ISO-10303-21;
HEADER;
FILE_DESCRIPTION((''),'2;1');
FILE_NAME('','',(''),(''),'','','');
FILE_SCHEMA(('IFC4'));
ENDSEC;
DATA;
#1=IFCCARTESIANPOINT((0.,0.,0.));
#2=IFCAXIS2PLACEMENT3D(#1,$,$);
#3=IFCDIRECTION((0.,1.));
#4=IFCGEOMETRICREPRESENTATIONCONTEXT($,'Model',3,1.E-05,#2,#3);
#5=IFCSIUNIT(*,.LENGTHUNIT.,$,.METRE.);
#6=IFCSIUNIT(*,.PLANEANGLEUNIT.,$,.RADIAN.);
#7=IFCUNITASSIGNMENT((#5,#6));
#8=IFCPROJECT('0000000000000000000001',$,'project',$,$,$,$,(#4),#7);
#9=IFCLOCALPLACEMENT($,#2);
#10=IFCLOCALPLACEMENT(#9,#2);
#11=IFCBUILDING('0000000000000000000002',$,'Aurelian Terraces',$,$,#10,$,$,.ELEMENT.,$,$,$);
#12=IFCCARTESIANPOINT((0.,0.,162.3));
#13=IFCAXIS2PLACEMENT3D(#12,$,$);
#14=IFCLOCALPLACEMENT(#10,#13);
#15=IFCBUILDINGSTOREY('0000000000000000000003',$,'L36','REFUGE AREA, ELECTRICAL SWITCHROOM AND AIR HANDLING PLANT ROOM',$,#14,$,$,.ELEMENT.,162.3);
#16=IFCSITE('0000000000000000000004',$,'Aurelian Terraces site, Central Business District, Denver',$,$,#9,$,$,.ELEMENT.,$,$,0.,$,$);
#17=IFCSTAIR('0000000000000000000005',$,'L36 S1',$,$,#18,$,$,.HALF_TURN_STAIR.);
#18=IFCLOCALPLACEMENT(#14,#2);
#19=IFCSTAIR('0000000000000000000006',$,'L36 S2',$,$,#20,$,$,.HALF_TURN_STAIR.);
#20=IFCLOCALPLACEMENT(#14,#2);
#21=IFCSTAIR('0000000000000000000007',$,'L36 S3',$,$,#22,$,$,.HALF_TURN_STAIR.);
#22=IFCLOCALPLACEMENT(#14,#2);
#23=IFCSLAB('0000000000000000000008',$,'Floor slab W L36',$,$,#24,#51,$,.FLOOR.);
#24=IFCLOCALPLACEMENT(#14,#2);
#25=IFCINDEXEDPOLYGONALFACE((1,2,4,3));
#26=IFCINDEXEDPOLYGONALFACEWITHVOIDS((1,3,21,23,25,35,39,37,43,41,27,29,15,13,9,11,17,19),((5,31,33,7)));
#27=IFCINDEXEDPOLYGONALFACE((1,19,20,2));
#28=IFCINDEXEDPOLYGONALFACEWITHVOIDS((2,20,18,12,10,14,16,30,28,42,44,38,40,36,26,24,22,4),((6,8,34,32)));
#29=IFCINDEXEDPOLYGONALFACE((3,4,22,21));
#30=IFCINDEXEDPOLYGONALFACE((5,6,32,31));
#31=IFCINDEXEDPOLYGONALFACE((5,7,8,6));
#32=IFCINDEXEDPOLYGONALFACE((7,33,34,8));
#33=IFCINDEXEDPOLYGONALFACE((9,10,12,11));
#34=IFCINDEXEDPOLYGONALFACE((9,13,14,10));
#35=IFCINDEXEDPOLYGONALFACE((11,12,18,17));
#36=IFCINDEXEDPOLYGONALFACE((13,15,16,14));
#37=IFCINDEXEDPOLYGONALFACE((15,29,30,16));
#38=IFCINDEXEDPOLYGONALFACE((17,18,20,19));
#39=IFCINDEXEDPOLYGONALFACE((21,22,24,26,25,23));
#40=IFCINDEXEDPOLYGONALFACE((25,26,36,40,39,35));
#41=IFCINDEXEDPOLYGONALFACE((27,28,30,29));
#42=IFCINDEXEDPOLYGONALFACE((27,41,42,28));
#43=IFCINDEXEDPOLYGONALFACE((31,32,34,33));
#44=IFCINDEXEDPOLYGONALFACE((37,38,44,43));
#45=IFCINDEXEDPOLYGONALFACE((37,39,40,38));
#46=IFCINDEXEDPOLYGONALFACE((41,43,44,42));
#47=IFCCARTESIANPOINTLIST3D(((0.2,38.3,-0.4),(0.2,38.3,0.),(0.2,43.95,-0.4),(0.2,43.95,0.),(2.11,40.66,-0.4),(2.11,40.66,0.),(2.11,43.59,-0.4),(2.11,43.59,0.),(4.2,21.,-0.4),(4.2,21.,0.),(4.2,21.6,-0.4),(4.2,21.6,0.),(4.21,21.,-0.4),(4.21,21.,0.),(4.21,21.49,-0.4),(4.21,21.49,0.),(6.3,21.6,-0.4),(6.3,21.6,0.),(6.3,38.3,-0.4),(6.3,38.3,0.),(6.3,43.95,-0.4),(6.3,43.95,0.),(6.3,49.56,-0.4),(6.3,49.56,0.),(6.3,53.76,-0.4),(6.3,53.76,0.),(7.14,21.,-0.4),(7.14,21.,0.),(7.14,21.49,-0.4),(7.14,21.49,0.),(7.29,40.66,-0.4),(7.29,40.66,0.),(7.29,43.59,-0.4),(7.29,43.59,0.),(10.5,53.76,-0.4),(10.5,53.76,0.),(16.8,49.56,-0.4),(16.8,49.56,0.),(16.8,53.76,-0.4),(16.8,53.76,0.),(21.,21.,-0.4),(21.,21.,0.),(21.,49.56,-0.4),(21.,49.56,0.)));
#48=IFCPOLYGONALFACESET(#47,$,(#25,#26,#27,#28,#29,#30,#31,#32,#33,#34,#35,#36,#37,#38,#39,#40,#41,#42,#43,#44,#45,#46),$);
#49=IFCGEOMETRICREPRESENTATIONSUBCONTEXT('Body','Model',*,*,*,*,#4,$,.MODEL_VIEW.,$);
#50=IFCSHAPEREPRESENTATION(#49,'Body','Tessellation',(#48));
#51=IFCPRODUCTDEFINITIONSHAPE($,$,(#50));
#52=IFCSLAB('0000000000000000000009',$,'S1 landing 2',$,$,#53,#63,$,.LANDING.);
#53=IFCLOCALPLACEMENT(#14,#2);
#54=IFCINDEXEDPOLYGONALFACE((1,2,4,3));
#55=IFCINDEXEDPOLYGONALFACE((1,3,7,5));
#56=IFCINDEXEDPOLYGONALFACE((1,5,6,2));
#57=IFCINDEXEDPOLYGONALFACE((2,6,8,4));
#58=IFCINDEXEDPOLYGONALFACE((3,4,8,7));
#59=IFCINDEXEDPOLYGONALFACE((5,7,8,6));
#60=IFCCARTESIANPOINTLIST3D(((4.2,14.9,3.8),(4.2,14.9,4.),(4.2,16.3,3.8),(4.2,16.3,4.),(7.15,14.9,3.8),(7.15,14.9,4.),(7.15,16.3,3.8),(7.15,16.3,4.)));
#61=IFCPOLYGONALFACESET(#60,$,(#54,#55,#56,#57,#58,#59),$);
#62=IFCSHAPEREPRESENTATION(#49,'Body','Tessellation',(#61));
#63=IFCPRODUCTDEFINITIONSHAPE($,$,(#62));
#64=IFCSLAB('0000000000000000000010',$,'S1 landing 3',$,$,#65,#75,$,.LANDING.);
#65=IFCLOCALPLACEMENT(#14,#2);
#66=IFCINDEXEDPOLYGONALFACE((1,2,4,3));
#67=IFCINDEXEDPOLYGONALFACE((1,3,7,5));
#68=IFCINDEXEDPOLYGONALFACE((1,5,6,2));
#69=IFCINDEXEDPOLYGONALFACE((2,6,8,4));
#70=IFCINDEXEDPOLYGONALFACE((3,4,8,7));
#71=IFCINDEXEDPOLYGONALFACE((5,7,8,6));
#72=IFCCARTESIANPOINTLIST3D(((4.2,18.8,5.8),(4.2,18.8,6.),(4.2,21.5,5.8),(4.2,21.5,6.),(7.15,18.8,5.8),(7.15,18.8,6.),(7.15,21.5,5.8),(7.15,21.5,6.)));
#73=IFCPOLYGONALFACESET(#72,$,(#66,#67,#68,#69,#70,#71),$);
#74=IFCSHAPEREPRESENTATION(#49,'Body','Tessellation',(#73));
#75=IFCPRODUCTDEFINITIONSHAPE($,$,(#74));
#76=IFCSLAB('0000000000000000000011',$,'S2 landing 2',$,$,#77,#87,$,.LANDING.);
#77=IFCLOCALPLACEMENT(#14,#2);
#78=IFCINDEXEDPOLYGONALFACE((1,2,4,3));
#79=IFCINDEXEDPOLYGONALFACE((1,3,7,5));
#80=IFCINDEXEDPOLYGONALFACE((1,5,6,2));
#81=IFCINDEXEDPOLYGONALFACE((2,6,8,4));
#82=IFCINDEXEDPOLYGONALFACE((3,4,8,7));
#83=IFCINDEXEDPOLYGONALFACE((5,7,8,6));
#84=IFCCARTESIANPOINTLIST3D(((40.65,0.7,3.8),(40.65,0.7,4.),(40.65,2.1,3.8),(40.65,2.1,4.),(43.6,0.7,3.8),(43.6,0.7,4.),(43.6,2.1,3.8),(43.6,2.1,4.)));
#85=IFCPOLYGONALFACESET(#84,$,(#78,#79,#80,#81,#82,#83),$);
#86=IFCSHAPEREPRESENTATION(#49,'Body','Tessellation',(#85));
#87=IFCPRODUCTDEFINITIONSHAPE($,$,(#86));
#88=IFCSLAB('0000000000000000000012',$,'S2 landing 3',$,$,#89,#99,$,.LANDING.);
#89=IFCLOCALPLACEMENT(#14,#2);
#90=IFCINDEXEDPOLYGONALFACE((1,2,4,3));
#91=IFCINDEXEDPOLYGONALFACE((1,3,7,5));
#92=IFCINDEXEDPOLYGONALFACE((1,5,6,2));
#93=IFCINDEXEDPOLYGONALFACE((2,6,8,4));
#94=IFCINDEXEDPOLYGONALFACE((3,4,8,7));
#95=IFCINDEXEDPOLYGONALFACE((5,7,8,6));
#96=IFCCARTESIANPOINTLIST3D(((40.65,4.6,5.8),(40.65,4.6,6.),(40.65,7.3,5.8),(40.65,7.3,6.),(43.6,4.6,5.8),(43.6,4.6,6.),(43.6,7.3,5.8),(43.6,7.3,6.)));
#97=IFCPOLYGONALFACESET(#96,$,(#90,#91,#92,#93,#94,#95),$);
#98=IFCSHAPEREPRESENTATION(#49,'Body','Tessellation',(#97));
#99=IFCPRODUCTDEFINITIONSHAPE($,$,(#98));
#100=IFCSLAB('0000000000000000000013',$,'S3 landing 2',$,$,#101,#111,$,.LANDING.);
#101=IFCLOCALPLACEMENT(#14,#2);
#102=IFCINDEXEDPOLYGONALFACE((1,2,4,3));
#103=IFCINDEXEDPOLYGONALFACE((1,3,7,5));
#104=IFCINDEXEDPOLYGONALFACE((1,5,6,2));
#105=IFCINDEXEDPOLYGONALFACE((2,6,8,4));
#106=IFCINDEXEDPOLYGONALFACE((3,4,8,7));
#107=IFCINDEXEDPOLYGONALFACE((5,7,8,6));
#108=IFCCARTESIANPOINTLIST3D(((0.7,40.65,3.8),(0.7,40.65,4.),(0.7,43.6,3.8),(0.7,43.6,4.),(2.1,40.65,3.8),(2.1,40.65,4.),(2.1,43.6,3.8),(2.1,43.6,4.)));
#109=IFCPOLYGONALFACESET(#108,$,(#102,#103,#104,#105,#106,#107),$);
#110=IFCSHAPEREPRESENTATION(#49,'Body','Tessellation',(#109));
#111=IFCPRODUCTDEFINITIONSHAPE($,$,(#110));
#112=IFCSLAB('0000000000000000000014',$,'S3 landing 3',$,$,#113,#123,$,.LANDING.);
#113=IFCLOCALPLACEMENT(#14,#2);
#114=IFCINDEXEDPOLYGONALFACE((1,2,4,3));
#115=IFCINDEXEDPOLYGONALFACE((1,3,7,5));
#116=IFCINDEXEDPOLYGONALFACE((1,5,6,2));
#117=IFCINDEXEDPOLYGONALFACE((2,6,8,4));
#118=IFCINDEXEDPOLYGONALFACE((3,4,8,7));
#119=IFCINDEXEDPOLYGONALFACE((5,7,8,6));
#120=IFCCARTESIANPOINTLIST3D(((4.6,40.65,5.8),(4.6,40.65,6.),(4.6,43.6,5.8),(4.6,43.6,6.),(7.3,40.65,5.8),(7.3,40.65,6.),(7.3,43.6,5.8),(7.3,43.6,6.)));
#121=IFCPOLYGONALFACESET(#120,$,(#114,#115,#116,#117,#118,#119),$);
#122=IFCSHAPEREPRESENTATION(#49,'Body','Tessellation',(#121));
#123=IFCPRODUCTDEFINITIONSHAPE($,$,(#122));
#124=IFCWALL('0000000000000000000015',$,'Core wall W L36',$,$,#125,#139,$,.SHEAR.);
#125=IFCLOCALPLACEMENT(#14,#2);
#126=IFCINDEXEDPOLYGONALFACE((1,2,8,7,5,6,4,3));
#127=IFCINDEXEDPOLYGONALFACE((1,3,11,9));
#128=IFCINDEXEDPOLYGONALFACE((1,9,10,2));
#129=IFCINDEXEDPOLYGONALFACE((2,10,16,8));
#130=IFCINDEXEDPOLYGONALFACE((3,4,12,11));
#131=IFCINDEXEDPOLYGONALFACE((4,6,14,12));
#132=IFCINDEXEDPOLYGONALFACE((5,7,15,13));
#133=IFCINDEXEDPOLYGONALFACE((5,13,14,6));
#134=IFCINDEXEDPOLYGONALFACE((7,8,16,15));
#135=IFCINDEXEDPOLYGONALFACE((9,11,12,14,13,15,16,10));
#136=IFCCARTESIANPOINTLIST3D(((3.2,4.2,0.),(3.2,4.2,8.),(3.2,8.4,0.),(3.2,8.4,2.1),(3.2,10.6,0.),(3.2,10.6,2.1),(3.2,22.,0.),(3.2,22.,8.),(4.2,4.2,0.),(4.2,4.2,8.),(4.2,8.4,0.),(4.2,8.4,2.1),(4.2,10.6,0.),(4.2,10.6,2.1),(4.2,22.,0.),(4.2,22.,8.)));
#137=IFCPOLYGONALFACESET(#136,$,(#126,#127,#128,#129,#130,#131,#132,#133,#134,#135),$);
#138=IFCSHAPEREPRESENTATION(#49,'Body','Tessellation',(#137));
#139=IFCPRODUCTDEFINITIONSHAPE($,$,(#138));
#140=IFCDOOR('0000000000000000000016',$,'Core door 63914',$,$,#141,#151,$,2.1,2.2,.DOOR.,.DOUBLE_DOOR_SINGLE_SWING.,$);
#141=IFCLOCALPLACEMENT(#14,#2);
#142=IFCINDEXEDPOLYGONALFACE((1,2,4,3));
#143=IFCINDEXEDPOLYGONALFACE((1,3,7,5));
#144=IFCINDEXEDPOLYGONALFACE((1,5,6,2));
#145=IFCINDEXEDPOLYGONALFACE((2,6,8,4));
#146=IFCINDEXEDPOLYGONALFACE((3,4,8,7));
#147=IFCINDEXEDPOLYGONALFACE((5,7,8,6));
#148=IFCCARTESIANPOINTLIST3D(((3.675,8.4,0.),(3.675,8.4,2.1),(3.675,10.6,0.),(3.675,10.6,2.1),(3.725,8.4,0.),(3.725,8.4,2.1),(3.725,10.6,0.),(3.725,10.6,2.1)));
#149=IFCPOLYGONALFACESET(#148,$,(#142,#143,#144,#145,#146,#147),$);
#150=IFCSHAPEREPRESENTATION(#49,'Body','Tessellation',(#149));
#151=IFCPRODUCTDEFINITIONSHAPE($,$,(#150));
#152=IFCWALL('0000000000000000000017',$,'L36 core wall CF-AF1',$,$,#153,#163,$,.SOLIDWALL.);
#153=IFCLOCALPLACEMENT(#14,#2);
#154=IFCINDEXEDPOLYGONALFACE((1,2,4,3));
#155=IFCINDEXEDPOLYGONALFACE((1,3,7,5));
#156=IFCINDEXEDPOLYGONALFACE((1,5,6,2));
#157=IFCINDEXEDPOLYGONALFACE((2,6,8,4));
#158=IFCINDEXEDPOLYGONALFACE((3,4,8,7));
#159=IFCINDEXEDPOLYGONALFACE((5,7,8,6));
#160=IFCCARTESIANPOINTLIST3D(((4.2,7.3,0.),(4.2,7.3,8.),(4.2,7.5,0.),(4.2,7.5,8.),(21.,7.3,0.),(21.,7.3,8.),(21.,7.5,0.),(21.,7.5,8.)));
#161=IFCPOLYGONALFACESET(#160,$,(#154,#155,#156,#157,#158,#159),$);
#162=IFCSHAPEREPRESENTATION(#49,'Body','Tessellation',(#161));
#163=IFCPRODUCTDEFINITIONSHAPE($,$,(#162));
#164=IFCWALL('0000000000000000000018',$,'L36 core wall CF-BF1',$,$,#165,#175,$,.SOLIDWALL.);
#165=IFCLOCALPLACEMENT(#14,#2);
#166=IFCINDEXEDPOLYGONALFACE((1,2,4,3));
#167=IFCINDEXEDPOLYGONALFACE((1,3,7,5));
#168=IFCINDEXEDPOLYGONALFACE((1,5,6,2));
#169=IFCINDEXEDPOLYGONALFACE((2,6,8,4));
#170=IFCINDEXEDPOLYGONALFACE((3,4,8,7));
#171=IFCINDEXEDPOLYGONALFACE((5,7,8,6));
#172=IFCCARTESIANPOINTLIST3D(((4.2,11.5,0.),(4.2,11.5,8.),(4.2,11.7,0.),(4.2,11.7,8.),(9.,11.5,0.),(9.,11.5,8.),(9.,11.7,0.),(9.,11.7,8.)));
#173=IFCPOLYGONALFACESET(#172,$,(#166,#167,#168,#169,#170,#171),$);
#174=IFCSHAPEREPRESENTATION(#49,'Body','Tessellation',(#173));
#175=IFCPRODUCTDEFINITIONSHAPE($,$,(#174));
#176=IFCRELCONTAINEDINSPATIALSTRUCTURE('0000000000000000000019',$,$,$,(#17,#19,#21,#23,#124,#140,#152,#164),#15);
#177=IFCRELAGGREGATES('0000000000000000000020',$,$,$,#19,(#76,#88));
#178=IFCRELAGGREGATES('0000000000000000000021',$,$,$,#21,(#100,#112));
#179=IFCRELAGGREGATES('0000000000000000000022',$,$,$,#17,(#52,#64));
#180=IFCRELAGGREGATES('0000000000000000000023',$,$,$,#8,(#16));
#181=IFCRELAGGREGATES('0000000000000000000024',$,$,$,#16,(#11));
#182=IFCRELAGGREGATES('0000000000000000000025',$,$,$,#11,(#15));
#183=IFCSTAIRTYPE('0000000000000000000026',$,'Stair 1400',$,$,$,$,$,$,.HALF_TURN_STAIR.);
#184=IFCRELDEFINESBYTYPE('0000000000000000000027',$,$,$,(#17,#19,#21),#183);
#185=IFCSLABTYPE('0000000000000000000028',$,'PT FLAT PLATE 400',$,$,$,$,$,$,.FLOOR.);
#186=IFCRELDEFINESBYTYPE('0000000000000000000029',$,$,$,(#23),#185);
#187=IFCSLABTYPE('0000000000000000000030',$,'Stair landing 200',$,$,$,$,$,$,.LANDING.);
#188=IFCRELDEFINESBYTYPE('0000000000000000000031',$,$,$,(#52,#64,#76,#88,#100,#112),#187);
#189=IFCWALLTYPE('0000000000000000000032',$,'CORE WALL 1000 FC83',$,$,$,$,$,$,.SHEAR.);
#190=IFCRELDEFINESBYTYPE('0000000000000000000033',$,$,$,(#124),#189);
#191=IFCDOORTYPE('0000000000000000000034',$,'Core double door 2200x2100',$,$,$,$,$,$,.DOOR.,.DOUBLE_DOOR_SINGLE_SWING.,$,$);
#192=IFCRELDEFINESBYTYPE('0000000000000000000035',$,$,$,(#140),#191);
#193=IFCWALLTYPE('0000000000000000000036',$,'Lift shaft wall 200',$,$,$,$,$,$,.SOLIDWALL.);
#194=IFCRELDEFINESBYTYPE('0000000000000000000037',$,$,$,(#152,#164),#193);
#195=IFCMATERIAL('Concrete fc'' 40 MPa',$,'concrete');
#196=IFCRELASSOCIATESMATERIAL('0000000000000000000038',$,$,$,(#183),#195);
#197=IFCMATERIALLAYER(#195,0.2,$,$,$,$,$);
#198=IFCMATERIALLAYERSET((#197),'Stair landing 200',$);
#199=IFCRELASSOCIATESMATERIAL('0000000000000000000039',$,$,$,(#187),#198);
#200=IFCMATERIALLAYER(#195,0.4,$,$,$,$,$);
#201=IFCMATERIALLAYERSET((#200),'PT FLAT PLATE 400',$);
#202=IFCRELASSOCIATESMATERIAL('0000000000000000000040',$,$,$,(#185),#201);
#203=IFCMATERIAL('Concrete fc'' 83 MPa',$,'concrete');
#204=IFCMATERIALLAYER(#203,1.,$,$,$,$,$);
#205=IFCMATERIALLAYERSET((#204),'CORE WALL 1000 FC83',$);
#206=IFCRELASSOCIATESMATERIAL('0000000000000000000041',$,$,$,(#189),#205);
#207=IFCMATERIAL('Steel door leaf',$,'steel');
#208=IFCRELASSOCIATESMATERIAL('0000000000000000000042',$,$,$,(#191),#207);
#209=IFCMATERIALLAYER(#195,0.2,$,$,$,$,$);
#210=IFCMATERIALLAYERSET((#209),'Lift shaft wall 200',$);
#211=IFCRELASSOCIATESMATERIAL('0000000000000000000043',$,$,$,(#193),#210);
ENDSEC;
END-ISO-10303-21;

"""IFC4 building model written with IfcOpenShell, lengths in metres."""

from ifc_helpers import new_model, si_unit, direction, frame, frame_2d, origin, place, context, subcontext, project, spatial, polyline, rectangle, outline, extrude, source, transform, mapped, material, layer, layer_set, type_object, element, fill, aggregate, save


model = new_model("IFC4")

# Units and contexts
model_context = context("Model", 3, precision=1e-05, world=origin(), true_north=direction((0.0, 1.0)))
body_context = subcontext(model_context, "Body", "Model", "MODEL_VIEW")
ifc_project = project(units=[si_unit("LENGTHUNIT", "METRE"), si_unit("PLANEANGLEUNIT", "RADIAN")], contexts=[model_context])

# Site, building, storey
site_placement = place(None, origin())
site = spatial("IfcSite", under=ifc_project, at=site_placement, Name="Aurelian Terraces site, Central Business District, Denver", CompositionType="ELEMENT", RefElevation=0.0)
building_placement = place(site_placement, origin())
building = spatial("IfcBuilding", under=site, at=building_placement, Name="Aurelian Terraces", CompositionType="ELEMENT")
storey_placement = place(building_placement, frame((0.0, 0.0, 162.3)))
storey = spatial("IfcBuildingStorey", under=building, at=storey_placement, Name="L36", Description="REFUGE AREA, ELECTRICAL SWITCHROOM AND AIR HANDLING PLANT ROOM", CompositionType="ELEMENT", Elevation=162.3)

# Shared definitions
ifc_material_1 = material(Name="Concrete fc' 83 MPa", Category="concrete")

# Shared definitions
ifc_material_2 = material(Name="Concrete fc' 40 MPa", Category="concrete")

# Stairs
stair_type = type_object("IfcStairType", Name="Stair 1400", PredefinedType="HALF_TURN_STAIR", material=ifc_material_2)
stair_1_placement = place(storey_placement, origin())
stair_1 = element("IfcStair", 1, at=stair_1_placement, inside=storey, type_object=stair_type, Name="L36 S1", PredefinedType="HALF_TURN_STAIR")
ifc_layer_1 = layer(ifc_material_2, 0.2)
ifc_layer_set_1 = layer_set([ifc_layer_1], Name="Stair landing 200")
slab_type_1 = type_object("IfcSlabType", Name="Stair landing 200", PredefinedType="LANDING", material=ifc_layer_set_1)
stair_2_placement = place(storey_placement, origin())
stair_2 = element("IfcStair", 2, at=stair_2_placement, inside=storey, type_object=stair_type, Name="L36 S2", PredefinedType="HALF_TURN_STAIR")
stair_3_placement = place(storey_placement, origin())
stair_3 = element("IfcStair", 3, at=stair_3_placement, inside=storey, type_object=stair_type, Name="L36 S3", PredefinedType="HALF_TURN_STAIR")

# Slab
ifc_layer_2 = layer(ifc_material_2, 0.4)
ifc_layer_set_2 = layer_set([ifc_layer_2], Name="PT FLAT PLATE 400")
slab_type_2 = type_object("IfcSlabType", Name="PT FLAT PLATE 400", PredefinedType="FLOOR", material=ifc_layer_set_2)
shared_shape_1 = source(origin(), body_context, "Body", "SweptSolid", [
    extrude(outline(polyline([(0.2, 43.95), (6.3, 43.95), (6.3, 49.56), (6.3, 53.76), (10.5, 53.76), (16.8, 53.76), (16.8, 49.56), (21.0, 49.56), (21.0, 21.0), (7.14, 21.0), (7.14, 21.49), (4.21, 21.49), (4.21, 21.0), (4.2, 21.0), (4.2, 21.6), (6.3, 21.6), (6.3, 38.3), (0.2, 38.3), (0.2, 43.95)]), holes=[polyline([(7.29, 43.59), (2.11, 43.59), (2.11, 40.66), (7.29, 40.66), (7.29, 43.59)])]), origin(), (0.0, 0.0, 1.0), 0.4),
])
slab_1_placement = place(storey_placement, frame((0.0, 0.0, -0.4)))
element("IfcSlab", 4, at=slab_1_placement, inside=storey, type_object=slab_type_2, Name="Floor slab W L36", PredefinedType="FLOOR", context=body_context, shape_type="MappedRepresentation", body=[
    mapped(shared_shape_1, transform((0.0, 0.0, 0.0), scale=1.0)),
])

# Slabs
shared_shape_2 = source(origin(), body_context, "Body", "SweptSolid", [
    extrude(outline(polyline([(7.15, 14.9), (7.15, 16.3), (4.2, 16.3), (4.2, 14.9), (7.15, 14.9)])), origin(), (0.0, 0.0, 1.0), 0.2),
])
slab_2_placement = place(storey_placement, frame((0.0, 0.0, 3.8)))
slab_2 = element("IfcSlab", 5, at=slab_2_placement, type_object=slab_type_1, Name="S1 landing 2", PredefinedType="LANDING", context=body_context, shape_type="MappedRepresentation", body=[
    mapped(shared_shape_2, transform((0.0, 0.0, 0.0), scale=1.0)),
])
shared_shape_3 = source(origin(), body_context, "Body", "SweptSolid", [
    extrude(outline(polyline([(7.15, 18.8), (7.15, 21.5), (4.2, 21.5), (4.2, 18.8), (7.15, 18.8)])), origin(), (0.0, 0.0, 1.0), 0.2),
])
slab_3_placement = place(storey_placement, frame((0.0, 0.0, 5.8)))
slab_3 = element("IfcSlab", 6, at=slab_3_placement, type_object=slab_type_1, Name="S1 landing 3", PredefinedType="LANDING", context=body_context, shape_type="MappedRepresentation", body=[
    mapped(shared_shape_3, transform((0.0, 0.0, 0.0), scale=1.0)),
])
shared_shape_4 = source(origin(), body_context, "Body", "SweptSolid", [
    extrude(outline(polyline([(43.6, 0.7), (43.6, 2.1), (40.65, 2.1), (40.65, 0.7), (43.6, 0.7)])), origin(), (0.0, 0.0, 1.0), 0.2),
])
slab_4_placement = place(storey_placement, frame((0.0, 0.0, 3.8)))
slab_4 = element("IfcSlab", 7, at=slab_4_placement, type_object=slab_type_1, Name="S2 landing 2", PredefinedType="LANDING", context=body_context, shape_type="MappedRepresentation", body=[
    mapped(shared_shape_4, transform((0.0, 0.0, 0.0), scale=1.0)),
])
shared_shape_5 = source(origin(), body_context, "Body", "SweptSolid", [
    extrude(outline(polyline([(43.6, 4.6), (43.6, 7.3), (40.65, 7.3), (40.65, 4.6), (43.6, 4.6)])), origin(), (0.0, 0.0, 1.0), 0.2),
])
slab_5_placement = place(storey_placement, frame((0.0, 0.0, 5.8)))
slab_5 = element("IfcSlab", 8, at=slab_5_placement, type_object=slab_type_1, Name="S2 landing 3", PredefinedType="LANDING", context=body_context, shape_type="MappedRepresentation", body=[
    mapped(shared_shape_5, transform((0.0, 0.0, 0.0), scale=1.0)),
])
aggregate(stair_2, [slab_4, slab_5])
shared_shape_6 = source(origin(), body_context, "Body", "SweptSolid", [
    extrude(outline(polyline([(0.7, 40.65), (2.1, 40.65), (2.1, 43.6), (0.7, 43.6), (0.7, 40.65)])), origin(), (0.0, 0.0, 1.0), 0.2),
])
slab_6_placement = place(storey_placement, frame((0.0, 0.0, 3.8)))
slab_6 = element("IfcSlab", 9, at=slab_6_placement, type_object=slab_type_1, Name="S3 landing 2", PredefinedType="LANDING", context=body_context, shape_type="MappedRepresentation", body=[
    mapped(shared_shape_6, transform((0.0, 0.0, 0.0), scale=1.0)),
])
shared_shape_7 = source(origin(), body_context, "Body", "SweptSolid", [
    extrude(outline(polyline([(4.6, 40.65), (7.3, 40.65), (7.3, 43.6), (4.6, 43.6), (4.6, 40.65)])), origin(), (0.0, 0.0, 1.0), 0.2),
])
slab_7_placement = place(storey_placement, frame((0.0, 0.0, 5.8)))
slab_7 = element("IfcSlab", 10, at=slab_7_placement, type_object=slab_type_1, Name="S3 landing 3", PredefinedType="LANDING", context=body_context, shape_type="MappedRepresentation", body=[
    mapped(shared_shape_7, transform((0.0, 0.0, 0.0), scale=1.0)),
])
aggregate(stair_3, [slab_6, slab_7])

# Wall, opening, door
ifc_layer_3 = layer(ifc_material_1, 1.0)
ifc_layer_set_3 = layer_set([ifc_layer_3], Name="CORE WALL 1000 FC83")
wall_type_1 = type_object("IfcWallType", Name="CORE WALL 1000 FC83", PredefinedType="SHEAR", material=ifc_layer_set_3)
wall_1_placement = place(storey_placement, frame((3.7, 4.2, 0.0), z_axis=(0.0, 0.0, 1.0), x_axis=(0.0, 1.0, 0.0)))
wall_1 = element("IfcWall", 11, at=wall_1_placement, inside=storey, type_object=wall_type_1, Name="Core wall W L36", PredefinedType="SHEAR", context=body_context, shape_type="SweptSolid", body=[
    extrude(rectangle(XDim=17.8, YDim=1.0, at=frame_2d((8.9, 0.0))), origin(), (0.0, 0.0, 1.0), 8.0),
])
shared_shape_8 = source(origin(), body_context, "Body", "SweptSolid", [
    extrude(rectangle(XDim=2.2, YDim=2.1, at=frame_2d((1.1, 1.05))), frame((0.0, 0.51, 0.0), z_axis=(0.0, -1.0, 0.0), x_axis=(1.0, 0.0, 0.0)), (0.0, 0.0, 1.0), 1.02),
])
opening_placement = place(wall_1_placement, frame((4.2, 0.0, 0.0)))
opening = element("IfcOpeningElement", 12, at=opening_placement, cuts=wall_1, PredefinedType="OPENING", context=body_context, shape_type="MappedRepresentation", body=[
    mapped(shared_shape_8, transform((0.0, 0.0, 0.0), scale=1.0)),
])
ifc_material_3 = material(Name="Steel door leaf", Category="steel")
door_type = type_object("IfcDoorType", Name="Core double door 2200x2100", OperationType="DOUBLE_DOOR_SINGLE_SWING", PredefinedType="DOOR", material=ifc_material_3)
shared_shape_9 = source(origin(), body_context, "Body", "SweptSolid", [
    extrude(rectangle(XDim=2.2, YDim=2.1, at=frame_2d((1.1, 1.05))), frame((0.0, 0.025, 0.0), z_axis=(0.0, -1.0, 0.0), x_axis=(1.0, 0.0, 0.0)), (0.0, 0.0, 1.0), 0.05),
])
door_placement = place(opening_placement, origin())
door = element("IfcDoor", 13, at=door_placement, inside=storey, type_object=door_type, Name="Core door 63914", OperationType="DOUBLE_DOOR_SINGLE_SWING", OverallHeight=2.1, OverallWidth=2.2, PredefinedType="DOOR", context=body_context, shape_type="MappedRepresentation", body=[
    mapped(shared_shape_9, transform((0.0, 0.0, 0.0), scale=1.0)),
])
fill(opening, door)

# Walls
ifc_layer_4 = layer(ifc_material_2, 0.2)
ifc_layer_set_4 = layer_set([ifc_layer_4], Name="Lift shaft wall 200")
wall_type_2 = type_object("IfcWallType", Name="Lift shaft wall 200", PredefinedType="SOLIDWALL", material=ifc_layer_set_4)
wall_2_placement = place(storey_placement, frame((4.2, 7.4, 0.0), z_axis=(0.0, 0.0, 1.0), x_axis=(1.0, 0.0, 0.0)))
element("IfcWall", 14, at=wall_2_placement, inside=storey, type_object=wall_type_2, Name="L36 core wall CF-AF1", PredefinedType="SOLIDWALL", context=body_context, shape_type="SweptSolid", body=[
    extrude(rectangle(XDim=16.8, YDim=0.2, at=frame_2d((8.4, 0.0))), origin(), (0.0, 0.0, 1.0), 8.0),
])
wall_3_placement = place(storey_placement, frame((4.2, 11.6, 0.0), z_axis=(0.0, 0.0, 1.0), x_axis=(1.0, 0.0, 0.0)))
element("IfcWall", 15, at=wall_3_placement, inside=storey, type_object=wall_type_2, Name="L36 core wall CF-BF1", PredefinedType="SOLIDWALL", context=body_context, shape_type="SweptSolid", body=[
    extrude(rectangle(XDim=4.8, YDim=0.2, at=frame_2d((2.4, 0.0))), origin(), (0.0, 0.0, 1.0), 8.0),
])

aggregate(stair_1, [slab_2, slab_3])

save(model, "model.ifc")
